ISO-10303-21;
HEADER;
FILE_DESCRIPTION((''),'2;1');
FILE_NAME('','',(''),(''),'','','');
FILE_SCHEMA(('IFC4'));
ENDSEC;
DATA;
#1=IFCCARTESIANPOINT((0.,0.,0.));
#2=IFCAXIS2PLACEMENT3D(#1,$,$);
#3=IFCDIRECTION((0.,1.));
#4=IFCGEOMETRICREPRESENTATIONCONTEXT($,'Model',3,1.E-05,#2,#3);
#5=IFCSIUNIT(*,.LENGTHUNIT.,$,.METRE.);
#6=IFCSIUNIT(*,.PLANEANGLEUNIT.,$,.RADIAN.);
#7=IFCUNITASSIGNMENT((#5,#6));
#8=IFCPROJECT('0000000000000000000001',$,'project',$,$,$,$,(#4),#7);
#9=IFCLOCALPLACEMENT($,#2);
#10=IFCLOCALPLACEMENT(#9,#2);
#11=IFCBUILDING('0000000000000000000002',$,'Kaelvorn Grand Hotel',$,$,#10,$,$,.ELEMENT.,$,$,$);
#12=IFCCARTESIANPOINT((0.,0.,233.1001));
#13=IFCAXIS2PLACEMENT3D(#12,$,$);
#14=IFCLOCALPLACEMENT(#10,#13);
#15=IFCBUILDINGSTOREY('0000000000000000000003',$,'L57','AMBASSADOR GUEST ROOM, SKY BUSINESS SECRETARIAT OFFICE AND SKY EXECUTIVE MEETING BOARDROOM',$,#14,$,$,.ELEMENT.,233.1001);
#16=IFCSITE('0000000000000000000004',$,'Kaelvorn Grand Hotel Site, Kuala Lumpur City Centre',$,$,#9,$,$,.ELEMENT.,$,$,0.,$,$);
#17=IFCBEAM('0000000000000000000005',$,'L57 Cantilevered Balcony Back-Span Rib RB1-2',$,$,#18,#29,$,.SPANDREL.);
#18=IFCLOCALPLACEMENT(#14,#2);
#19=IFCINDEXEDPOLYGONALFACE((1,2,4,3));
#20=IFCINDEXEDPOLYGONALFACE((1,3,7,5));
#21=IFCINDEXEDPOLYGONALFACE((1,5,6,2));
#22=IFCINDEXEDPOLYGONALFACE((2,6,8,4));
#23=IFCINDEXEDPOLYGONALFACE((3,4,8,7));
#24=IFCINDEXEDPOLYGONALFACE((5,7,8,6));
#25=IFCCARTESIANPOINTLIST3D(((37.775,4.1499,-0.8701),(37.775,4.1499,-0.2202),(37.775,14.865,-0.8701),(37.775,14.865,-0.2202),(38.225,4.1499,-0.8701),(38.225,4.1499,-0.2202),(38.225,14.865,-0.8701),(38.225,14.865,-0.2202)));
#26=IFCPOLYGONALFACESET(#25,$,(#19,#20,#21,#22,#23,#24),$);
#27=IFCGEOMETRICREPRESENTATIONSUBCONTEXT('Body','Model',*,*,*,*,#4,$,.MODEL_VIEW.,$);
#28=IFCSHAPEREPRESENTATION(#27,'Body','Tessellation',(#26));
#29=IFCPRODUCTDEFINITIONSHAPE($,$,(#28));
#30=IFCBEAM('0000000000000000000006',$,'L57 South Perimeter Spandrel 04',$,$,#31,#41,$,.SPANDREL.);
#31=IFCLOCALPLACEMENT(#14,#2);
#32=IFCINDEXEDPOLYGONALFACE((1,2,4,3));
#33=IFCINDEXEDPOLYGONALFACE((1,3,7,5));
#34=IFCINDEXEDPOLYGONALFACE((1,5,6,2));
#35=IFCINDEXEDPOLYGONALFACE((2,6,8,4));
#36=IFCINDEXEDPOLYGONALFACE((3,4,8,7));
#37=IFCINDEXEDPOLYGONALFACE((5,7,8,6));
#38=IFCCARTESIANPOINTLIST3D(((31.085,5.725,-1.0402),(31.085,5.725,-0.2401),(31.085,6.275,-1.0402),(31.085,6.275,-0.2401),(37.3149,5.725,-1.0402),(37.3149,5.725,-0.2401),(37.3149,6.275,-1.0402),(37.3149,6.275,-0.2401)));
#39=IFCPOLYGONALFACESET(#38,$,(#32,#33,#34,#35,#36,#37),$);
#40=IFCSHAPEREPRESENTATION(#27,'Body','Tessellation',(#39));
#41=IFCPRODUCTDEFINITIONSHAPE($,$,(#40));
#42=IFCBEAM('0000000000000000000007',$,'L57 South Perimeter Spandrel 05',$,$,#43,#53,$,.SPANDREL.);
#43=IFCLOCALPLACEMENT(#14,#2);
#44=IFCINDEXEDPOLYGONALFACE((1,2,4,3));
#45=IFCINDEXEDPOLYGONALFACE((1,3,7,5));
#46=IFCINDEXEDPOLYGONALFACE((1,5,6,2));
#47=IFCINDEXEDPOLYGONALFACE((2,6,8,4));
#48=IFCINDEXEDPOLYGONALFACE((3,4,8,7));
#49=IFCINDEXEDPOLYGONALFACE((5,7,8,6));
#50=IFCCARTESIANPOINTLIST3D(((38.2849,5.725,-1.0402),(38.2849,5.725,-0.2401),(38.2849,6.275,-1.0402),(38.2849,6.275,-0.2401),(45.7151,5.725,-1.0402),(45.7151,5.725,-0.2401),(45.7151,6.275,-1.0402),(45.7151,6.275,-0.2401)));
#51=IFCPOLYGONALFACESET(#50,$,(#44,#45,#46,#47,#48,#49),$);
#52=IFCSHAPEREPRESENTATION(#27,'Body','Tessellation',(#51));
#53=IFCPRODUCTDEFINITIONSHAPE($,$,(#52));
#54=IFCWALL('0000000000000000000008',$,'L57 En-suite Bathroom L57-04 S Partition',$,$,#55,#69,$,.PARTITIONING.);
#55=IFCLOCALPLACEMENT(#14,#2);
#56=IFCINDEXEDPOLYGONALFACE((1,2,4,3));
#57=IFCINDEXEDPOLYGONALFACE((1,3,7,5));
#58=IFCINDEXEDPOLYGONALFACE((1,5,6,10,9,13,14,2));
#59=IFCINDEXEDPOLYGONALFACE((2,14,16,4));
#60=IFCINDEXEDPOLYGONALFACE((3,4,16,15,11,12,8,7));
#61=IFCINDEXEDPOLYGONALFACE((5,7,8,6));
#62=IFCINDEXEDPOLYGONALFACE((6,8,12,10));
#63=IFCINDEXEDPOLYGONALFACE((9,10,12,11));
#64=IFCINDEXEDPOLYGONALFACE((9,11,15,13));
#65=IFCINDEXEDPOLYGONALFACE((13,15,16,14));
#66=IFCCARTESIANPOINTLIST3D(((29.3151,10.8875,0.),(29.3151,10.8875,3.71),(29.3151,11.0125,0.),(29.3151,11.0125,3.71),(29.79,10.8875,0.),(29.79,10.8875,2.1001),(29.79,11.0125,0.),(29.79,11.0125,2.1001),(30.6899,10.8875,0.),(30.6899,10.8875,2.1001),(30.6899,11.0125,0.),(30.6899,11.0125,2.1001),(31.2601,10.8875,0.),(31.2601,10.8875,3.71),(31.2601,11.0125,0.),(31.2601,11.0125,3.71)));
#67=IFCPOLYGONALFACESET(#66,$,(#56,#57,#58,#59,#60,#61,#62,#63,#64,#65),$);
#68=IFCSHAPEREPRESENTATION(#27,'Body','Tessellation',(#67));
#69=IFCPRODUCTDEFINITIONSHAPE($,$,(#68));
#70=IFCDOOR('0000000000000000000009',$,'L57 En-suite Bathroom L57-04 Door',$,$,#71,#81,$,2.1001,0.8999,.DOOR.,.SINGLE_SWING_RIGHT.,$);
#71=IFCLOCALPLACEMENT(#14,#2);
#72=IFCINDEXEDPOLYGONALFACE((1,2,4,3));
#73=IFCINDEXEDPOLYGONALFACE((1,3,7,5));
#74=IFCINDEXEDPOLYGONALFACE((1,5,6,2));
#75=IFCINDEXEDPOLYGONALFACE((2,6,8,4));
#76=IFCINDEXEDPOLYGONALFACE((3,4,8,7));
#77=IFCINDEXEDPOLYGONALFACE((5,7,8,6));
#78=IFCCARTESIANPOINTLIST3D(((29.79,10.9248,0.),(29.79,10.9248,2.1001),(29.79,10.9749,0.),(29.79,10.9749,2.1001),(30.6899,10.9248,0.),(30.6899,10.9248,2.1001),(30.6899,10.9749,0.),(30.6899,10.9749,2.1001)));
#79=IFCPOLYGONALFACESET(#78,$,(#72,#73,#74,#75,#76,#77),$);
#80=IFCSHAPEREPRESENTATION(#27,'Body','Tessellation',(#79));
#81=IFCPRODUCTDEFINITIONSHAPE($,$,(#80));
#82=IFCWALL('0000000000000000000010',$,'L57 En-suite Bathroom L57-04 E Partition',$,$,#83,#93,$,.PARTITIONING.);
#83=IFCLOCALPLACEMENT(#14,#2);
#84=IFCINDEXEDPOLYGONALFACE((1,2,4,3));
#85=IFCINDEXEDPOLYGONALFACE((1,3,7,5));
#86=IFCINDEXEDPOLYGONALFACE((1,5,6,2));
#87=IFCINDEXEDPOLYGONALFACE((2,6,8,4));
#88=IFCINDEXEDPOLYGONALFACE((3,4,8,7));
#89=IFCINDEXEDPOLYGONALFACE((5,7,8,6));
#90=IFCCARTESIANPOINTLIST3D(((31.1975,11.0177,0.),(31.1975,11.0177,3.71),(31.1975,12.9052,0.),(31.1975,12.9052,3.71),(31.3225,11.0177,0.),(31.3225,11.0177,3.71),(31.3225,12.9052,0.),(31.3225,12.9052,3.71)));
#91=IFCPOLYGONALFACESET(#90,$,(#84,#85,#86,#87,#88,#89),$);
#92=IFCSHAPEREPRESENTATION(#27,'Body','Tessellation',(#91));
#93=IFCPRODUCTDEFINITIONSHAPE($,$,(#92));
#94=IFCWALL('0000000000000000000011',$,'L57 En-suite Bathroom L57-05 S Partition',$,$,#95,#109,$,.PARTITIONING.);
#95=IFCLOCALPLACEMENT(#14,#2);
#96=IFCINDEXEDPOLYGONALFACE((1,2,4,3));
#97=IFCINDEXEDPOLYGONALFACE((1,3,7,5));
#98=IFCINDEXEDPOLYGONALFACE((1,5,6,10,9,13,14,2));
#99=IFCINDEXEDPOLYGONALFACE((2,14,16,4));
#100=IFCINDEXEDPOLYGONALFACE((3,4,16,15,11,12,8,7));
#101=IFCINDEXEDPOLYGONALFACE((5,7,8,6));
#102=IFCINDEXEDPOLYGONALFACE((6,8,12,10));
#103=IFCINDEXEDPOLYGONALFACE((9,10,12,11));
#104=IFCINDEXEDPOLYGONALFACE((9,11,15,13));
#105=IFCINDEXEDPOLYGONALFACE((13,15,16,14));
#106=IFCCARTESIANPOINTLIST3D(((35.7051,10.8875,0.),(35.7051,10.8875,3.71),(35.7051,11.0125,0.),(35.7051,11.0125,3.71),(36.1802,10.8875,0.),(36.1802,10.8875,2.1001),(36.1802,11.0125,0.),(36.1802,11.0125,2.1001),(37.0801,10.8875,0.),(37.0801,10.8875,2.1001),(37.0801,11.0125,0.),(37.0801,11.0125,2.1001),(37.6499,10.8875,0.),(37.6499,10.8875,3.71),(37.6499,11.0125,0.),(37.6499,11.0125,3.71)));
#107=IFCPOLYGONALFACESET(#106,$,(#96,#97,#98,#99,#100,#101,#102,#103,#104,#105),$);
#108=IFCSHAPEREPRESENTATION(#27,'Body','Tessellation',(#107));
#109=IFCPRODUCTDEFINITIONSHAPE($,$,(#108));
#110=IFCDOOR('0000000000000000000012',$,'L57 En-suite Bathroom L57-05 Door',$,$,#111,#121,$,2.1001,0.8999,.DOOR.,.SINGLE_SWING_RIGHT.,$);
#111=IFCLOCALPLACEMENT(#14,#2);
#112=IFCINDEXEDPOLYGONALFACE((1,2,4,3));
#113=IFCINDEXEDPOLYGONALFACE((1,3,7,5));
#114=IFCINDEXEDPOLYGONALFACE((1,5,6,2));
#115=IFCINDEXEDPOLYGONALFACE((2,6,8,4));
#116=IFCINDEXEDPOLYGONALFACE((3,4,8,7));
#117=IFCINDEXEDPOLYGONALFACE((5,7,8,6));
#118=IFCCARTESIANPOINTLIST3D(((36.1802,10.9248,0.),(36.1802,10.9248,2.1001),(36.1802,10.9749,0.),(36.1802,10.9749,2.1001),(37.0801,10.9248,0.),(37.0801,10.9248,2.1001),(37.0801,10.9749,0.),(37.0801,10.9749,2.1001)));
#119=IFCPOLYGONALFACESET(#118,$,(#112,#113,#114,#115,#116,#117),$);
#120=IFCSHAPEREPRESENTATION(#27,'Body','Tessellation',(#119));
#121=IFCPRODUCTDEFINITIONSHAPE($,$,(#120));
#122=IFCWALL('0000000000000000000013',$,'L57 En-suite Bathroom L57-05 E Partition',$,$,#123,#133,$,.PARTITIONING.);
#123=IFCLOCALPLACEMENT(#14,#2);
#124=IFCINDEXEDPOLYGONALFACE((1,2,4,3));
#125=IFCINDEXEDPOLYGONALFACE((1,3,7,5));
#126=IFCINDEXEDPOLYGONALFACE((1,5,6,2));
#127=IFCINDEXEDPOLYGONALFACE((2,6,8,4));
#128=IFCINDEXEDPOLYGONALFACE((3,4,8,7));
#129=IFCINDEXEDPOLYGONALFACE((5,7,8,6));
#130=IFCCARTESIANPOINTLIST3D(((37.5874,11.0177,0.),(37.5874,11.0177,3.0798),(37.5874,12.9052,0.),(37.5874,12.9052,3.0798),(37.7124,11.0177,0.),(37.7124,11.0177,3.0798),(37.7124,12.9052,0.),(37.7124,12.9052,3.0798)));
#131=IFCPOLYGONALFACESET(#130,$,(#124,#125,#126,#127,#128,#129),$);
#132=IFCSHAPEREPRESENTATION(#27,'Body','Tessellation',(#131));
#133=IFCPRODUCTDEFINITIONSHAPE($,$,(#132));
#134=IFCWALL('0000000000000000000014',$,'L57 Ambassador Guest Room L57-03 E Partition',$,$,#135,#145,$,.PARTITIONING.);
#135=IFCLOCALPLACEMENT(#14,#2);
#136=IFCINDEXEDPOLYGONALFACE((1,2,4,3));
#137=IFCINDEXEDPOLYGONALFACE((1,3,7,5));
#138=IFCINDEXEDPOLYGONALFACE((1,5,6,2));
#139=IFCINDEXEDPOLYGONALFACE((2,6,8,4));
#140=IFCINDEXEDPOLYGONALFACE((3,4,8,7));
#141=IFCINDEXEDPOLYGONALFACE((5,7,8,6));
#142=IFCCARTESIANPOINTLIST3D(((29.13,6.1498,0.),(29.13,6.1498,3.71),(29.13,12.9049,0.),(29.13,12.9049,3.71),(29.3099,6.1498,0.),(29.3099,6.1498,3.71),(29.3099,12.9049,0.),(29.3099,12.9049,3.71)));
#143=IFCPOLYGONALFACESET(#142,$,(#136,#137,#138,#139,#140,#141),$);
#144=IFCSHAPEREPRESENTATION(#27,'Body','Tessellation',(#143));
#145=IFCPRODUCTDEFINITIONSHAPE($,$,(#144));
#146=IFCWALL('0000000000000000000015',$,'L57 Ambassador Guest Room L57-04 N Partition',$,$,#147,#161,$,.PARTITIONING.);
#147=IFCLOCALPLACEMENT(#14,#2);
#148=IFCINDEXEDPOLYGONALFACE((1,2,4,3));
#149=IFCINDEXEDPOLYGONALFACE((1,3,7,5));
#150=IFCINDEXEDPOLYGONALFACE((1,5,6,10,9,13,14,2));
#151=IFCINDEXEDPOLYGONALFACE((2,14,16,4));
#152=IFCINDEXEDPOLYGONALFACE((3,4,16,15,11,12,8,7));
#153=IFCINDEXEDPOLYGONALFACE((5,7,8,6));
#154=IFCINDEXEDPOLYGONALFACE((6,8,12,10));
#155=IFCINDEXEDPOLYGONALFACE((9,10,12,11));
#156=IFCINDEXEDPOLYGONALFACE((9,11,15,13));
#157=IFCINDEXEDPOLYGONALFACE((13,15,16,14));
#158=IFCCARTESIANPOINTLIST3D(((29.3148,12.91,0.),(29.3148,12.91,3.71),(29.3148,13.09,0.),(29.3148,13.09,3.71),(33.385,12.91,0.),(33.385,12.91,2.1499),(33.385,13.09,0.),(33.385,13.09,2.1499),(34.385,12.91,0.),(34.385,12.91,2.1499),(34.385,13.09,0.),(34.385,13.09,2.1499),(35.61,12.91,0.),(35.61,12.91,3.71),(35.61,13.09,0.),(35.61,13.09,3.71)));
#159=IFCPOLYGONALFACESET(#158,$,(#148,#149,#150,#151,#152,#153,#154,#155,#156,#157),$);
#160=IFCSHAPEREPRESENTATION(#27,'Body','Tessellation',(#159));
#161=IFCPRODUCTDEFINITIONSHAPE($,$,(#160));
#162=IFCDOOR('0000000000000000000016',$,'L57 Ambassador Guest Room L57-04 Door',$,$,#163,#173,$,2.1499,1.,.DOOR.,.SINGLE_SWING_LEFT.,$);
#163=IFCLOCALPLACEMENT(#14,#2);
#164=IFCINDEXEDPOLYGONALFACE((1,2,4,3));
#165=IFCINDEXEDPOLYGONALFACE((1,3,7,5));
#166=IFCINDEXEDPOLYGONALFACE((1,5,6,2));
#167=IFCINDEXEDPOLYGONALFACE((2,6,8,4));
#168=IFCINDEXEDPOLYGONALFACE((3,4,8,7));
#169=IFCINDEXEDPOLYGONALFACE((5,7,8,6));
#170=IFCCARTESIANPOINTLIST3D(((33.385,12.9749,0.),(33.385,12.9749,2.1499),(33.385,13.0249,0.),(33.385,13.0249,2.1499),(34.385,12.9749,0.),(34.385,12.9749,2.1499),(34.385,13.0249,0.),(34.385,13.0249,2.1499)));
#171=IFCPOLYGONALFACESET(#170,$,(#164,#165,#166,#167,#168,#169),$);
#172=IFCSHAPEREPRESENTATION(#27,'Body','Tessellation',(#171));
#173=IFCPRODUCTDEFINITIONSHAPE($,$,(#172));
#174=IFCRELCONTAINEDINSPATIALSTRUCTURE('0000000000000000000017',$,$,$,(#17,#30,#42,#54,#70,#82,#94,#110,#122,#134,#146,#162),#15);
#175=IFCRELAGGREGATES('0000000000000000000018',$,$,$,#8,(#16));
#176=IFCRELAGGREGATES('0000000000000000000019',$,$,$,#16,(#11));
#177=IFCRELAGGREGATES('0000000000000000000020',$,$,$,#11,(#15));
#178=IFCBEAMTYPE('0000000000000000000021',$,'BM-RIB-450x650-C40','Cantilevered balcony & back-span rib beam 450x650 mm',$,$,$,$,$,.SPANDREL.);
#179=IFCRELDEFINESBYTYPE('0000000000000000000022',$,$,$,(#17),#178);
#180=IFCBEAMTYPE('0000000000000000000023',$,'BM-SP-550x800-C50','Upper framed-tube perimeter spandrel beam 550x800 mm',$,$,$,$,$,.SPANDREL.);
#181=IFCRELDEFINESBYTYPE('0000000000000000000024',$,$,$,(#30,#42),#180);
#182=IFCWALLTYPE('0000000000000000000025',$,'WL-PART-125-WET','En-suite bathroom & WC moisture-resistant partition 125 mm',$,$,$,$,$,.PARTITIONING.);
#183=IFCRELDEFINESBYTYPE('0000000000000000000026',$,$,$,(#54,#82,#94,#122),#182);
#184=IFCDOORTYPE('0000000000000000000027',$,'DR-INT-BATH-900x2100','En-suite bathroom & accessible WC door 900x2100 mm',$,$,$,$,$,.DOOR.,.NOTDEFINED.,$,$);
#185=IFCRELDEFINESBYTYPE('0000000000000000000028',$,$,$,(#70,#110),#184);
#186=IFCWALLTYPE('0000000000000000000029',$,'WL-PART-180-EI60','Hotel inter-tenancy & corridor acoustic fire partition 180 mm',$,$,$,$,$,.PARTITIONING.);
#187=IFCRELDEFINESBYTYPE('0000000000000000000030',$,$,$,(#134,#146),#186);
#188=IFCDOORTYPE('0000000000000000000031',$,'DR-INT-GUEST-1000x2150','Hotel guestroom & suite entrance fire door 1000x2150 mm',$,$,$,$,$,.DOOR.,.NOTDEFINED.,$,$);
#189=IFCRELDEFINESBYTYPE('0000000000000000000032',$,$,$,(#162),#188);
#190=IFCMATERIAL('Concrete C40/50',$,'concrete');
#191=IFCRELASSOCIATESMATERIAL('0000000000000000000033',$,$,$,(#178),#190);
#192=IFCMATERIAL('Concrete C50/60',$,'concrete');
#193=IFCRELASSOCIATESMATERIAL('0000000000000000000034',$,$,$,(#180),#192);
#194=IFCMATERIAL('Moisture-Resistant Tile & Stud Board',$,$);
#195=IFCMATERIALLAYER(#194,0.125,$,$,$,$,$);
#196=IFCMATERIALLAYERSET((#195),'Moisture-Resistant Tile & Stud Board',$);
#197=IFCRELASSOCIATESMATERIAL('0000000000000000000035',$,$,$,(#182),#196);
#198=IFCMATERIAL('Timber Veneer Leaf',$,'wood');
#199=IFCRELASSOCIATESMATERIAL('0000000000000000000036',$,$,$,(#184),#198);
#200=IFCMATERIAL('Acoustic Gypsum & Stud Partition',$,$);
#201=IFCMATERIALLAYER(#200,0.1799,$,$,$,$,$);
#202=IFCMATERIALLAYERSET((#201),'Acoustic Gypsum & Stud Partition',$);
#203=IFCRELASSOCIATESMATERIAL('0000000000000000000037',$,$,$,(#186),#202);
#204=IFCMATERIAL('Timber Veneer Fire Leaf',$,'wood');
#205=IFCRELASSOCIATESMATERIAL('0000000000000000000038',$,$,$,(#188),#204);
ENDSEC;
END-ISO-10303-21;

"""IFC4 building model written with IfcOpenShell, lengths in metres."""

from ifc_helpers import new_model, si_unit, direction, frame, frame_2d, origin, origin_2d, place, context, subcontext, project, spatial, rectangle, extrude, material, layer, layer_set, material_profile, profile_set, type_object, element, fill, save


model = new_model("IFC4")

# Units and contexts
model_context = context("Model", 3, precision=1e-05, world=origin(), true_north=direction((0.0, 1.0)))
body_context = subcontext(model_context, "Body", "Model", "MODEL_VIEW")
ifc_project = project(units=[si_unit("LENGTHUNIT", "METRE"), si_unit("PLANEANGLEUNIT", "RADIAN")], contexts=[model_context])

# Site, building, storey
site_placement = place(None, origin())
site = spatial("IfcSite", under=ifc_project, at=site_placement, Name="Kaelvorn Grand Hotel Site, Kuala Lumpur City Centre", CompositionType="ELEMENT", RefElevation=0.0)
building_placement = place(site_placement, origin())
building = spatial("IfcBuilding", under=site, at=building_placement, Name="Kaelvorn Grand Hotel", CompositionType="ELEMENT")
storey_placement = place(building_placement, frame((0.0, 0.0, 233.1001)))
storey = spatial("IfcBuildingStorey", under=building, at=storey_placement, Name="L57", Description="AMBASSADOR GUEST ROOM, SKY BUSINESS SECRETARIAT OFFICE AND SKY EXECUTIVE MEETING BOARDROOM", CompositionType="ELEMENT", Elevation=233.1001)

# Shared definitions
ifc_material_1 = material(Name="Concrete C50/60", Category="concrete")

# Beams
ifc_material_2 = material(Name="Concrete C40/50", Category="concrete")
ifc_material_profile_1 = material_profile(ifc_material_2, rectangle(XDim=0.45, YDim=0.6499, at=origin_2d()), Name="RC RIB 450x650")
ifc_profile_set_1 = profile_set([ifc_material_profile_1], Name="Concrete C40/50")
beam_type_1 = type_object("IfcBeamType", Name="BM-RIB-450x650-C40", Description="Cantilevered balcony & back-span rib beam 450x650 mm", PredefinedType="SPANDREL", material=ifc_profile_set_1)
beam_1_placement = place(storey_placement, frame((38.0, 4.1499, -0.5452), z_axis=(0.0, 1.0, 0.0), x_axis=(-1.0, 0.0, 0.0)))
element("IfcBeam", 1, at=beam_1_placement, inside=storey, type_object=beam_type_1, Name="L57 Cantilevered Balcony Back-Span Rib RB1-2", PredefinedType="SPANDREL", context=body_context, shape_type="SweptSolid", body=[
    extrude(rectangle(XDim=0.45, YDim=0.6499, at=origin_2d()), origin(), (0.0, 0.0, 1.0), 10.7151),
])
ifc_material_profile_2 = material_profile(ifc_material_1, rectangle(XDim=0.55, YDim=0.8, at=origin_2d()), Name="RC SPANDREL 550x800")
ifc_profile_set_2 = profile_set([ifc_material_profile_2], Name="Concrete C50/60")
beam_type_2 = type_object("IfcBeamType", Name="BM-SP-550x800-C50", Description="Upper framed-tube perimeter spandrel beam 550x800 mm", PredefinedType="SPANDREL", material=ifc_profile_set_2)
beam_2_placement = place(storey_placement, frame((31.085, 6.0, -0.6401), z_axis=(1.0, 0.0, 0.0), x_axis=(0.0, 1.0, 0.0)))
element("IfcBeam", 2, at=beam_2_placement, inside=storey, type_object=beam_type_2, Name="L57 South Perimeter Spandrel 04", PredefinedType="SPANDREL", context=body_context, shape_type="SweptSolid", body=[
    extrude(rectangle(XDim=0.55, YDim=0.8, at=origin_2d()), origin(), (0.0, 0.0, 1.0), 6.23),
])
beam_3_placement = place(storey_placement, frame((38.2849, 6.0, -0.6401), z_axis=(1.0, 0.0, 0.0), x_axis=(0.0, 1.0, 0.0)))
element("IfcBeam", 3, at=beam_3_placement, inside=storey, type_object=beam_type_2, Name="L57 South Perimeter Spandrel 05", PredefinedType="SPANDREL", context=body_context, shape_type="SweptSolid", body=[
    extrude(rectangle(XDim=0.55, YDim=0.8, at=origin_2d()), origin(), (0.0, 0.0, 1.0), 7.4302),
])

# Wall, opening, door
ifc_material_3 = material(Name="Moisture-Resistant Tile & Stud Board")
ifc_layer_1 = layer(ifc_material_3, 0.125)
ifc_layer_set_1 = layer_set([ifc_layer_1], Name="Moisture-Resistant Tile & Stud Board")
wall_type_1 = type_object("IfcWallType", Name="WL-PART-125-WET", Description="En-suite bathroom & WC moisture-resistant partition 125 mm", PredefinedType="PARTITIONING", material=ifc_layer_set_1)
wall_1_placement = place(storey_placement, frame((29.3149, 10.95, 0.0), z_axis=(0.0, 0.0, 1.0), x_axis=(1.0, 0.0, 0.0)))
wall_1 = element("IfcWall", 4, at=wall_1_placement, inside=storey, type_object=wall_type_1, Name="L57 En-suite Bathroom L57-04 S Partition", PredefinedType="PARTITIONING", context=body_context, shape_type="SweptSolid", body=[
    extrude(rectangle(XDim=1.9451, YDim=0.125, at=frame_2d((0.9727, 0.0))), origin(), (0.0, 0.0, 1.0), 3.71),
])
opening_1_placement = place(wall_1_placement, frame((0.4751, 0.0, 0.0)))
opening_1 = element("IfcOpeningElement", 5, at=opening_1_placement, cuts=wall_1, PredefinedType="OPENING", context=body_context, shape_type="SweptSolid", body=[
    extrude(rectangle(XDim=0.8999, YDim=2.1001, at=frame_2d((0.45, 1.05))), frame((0.0, 0.0725, 0.0), z_axis=(0.0, -1.0, 0.0), x_axis=(1.0, 0.0, 0.0)), (0.0, 0.0, 1.0), 0.145),
])
ifc_material_4 = material(Name="Timber Veneer Leaf", Category="wood")
door_type_1 = type_object("IfcDoorType", Name="DR-INT-BATH-900x2100", Description="En-suite bathroom & accessible WC door 900x2100 mm", OperationType="NOTDEFINED", PredefinedType="DOOR", material=ifc_material_4)
door_1_placement = place(opening_1_placement, origin())
door_1 = element("IfcDoor", 6, at=door_1_placement, inside=storey, type_object=door_type_1, Name="L57 En-suite Bathroom L57-04 Door", OperationType="SINGLE_SWING_RIGHT", OverallHeight=2.1001, OverallWidth=0.8999, PredefinedType="DOOR", context=body_context, shape_type="SweptSolid", body=[
    extrude(rectangle(XDim=0.8999, YDim=2.1001, at=frame_2d((0.45, 1.05))), frame((0.0, 0.0249, 0.0), z_axis=(0.0, -1.0, 0.0), x_axis=(1.0, 0.0, 0.0)), (0.0, 0.0, 1.0), 0.05),
])
fill(opening_1, door_1)

# Wall
wall_2_placement = place(storey_placement, frame((31.26, 11.0176, 0.0), z_axis=(0.0, 0.0, 1.0), x_axis=(0.0, 1.0, 0.0)))
element("IfcWall", 7, at=wall_2_placement, inside=storey, type_object=wall_type_1, Name="L57 En-suite Bathroom L57-04 E Partition", PredefinedType="PARTITIONING", context=body_context, shape_type="SweptSolid", body=[
    extrude(rectangle(XDim=1.8875, YDim=0.125, at=frame_2d((0.9438, 0.0))), origin(), (0.0, 0.0, 1.0), 3.71),
])

# Wall, opening, door
wall_3_placement = place(storey_placement, frame((35.7051, 10.95, 0.0), z_axis=(0.0, 0.0, 1.0), x_axis=(1.0, 0.0, 0.0)))
wall_3 = element("IfcWall", 8, at=wall_3_placement, inside=storey, type_object=wall_type_1, Name="L57 En-suite Bathroom L57-05 S Partition", PredefinedType="PARTITIONING", context=body_context, shape_type="SweptSolid", body=[
    extrude(rectangle(XDim=1.9448, YDim=0.125, at=frame_2d((0.9724, 0.0))), origin(), (0.0, 0.0, 1.0), 3.71),
])
opening_2_placement = place(wall_3_placement, frame((0.4751, 0.0, 0.0)))
opening_2 = element("IfcOpeningElement", 9, at=opening_2_placement, cuts=wall_3, PredefinedType="OPENING", context=body_context, shape_type="SweptSolid", body=[
    extrude(rectangle(XDim=0.8999, YDim=2.1001, at=frame_2d((0.45, 1.05))), frame((0.0, 0.0725, 0.0), z_axis=(0.0, -1.0, 0.0), x_axis=(1.0, 0.0, 0.0)), (0.0, 0.0, 1.0), 0.145),
])
door_2_placement = place(opening_2_placement, origin())
door_2 = element("IfcDoor", 10, at=door_2_placement, inside=storey, type_object=door_type_1, Name="L57 En-suite Bathroom L57-05 Door", OperationType="SINGLE_SWING_RIGHT", OverallHeight=2.1001, OverallWidth=0.8999, PredefinedType="DOOR", context=body_context, shape_type="SweptSolid", body=[
    extrude(rectangle(XDim=0.8999, YDim=2.1001, at=frame_2d((0.45, 1.05))), frame((0.0, 0.0249, 0.0), z_axis=(0.0, -1.0, 0.0), x_axis=(1.0, 0.0, 0.0)), (0.0, 0.0, 1.0), 0.05),
])
fill(opening_2, door_2)

# Walls
wall_4_placement = place(storey_placement, frame((37.6499, 11.0176, 0.0), z_axis=(0.0, 0.0, 1.0), x_axis=(0.0, 1.0, 0.0)))
element("IfcWall", 11, at=wall_4_placement, inside=storey, type_object=wall_type_1, Name="L57 En-suite Bathroom L57-05 E Partition", PredefinedType="PARTITIONING", context=body_context, shape_type="SweptSolid", body=[
    extrude(rectangle(XDim=1.8875, YDim=0.125, at=frame_2d((0.9438, 0.0))), origin(), (0.0, 0.0, 1.0), 3.0798),
])
ifc_material_5 = material(Name="Acoustic Gypsum & Stud Partition")
ifc_layer_2 = layer(ifc_material_5, 0.1799)
ifc_layer_set_2 = layer_set([ifc_layer_2], Name="Acoustic Gypsum & Stud Partition")
wall_type_2 = type_object("IfcWallType", Name="WL-PART-180-EI60", Description="Hotel inter-tenancy & corridor acoustic fire partition 180 mm", PredefinedType="PARTITIONING", material=ifc_layer_set_2)
wall_5_placement = place(storey_placement, frame((29.22, 6.1499, 0.0), z_axis=(0.0, 0.0, 1.0), x_axis=(0.0, 1.0, 0.0)))
element("IfcWall", 12, at=wall_5_placement, inside=storey, type_object=wall_type_2, Name="L57 Ambassador Guest Room L57-03 E Partition", PredefinedType="PARTITIONING", context=body_context, shape_type="SweptSolid", body=[
    extrude(rectangle(XDim=6.7551, YDim=0.1799, at=frame_2d((3.3774, 0.0))), origin(), (0.0, 0.0, 1.0), 3.71),
])

# Wall, opening, door
wall_6_placement = place(storey_placement, frame((29.3149, 13.0, 0.0), z_axis=(0.0, 0.0, 1.0), x_axis=(1.0, 0.0, 0.0)))
wall_6 = element("IfcWall", 13, at=wall_6_placement, inside=storey, type_object=wall_type_2, Name="L57 Ambassador Guest Room L57-04 N Partition", PredefinedType="PARTITIONING", context=body_context, shape_type="SweptSolid", body=[
    extrude(rectangle(XDim=6.2952, YDim=0.1799, at=frame_2d((3.1475, 0.0))), origin(), (0.0, 0.0, 1.0), 3.71),
])
opening_3_placement = place(wall_6_placement, frame((4.0701, 0.0, 0.0)))
opening_3 = element("IfcOpeningElement", 14, at=opening_3_placement, cuts=wall_6, PredefinedType="OPENING", context=body_context, shape_type="SweptSolid", body=[
    extrude(rectangle(XDim=1.0, YDim=2.1499, at=frame_2d((0.5, 1.075))), frame((0.0, 0.1001, 0.0), z_axis=(0.0, -1.0, 0.0), x_axis=(1.0, 0.0, 0.0)), (0.0, 0.0, 1.0), 0.2),
])
ifc_material_6 = material(Name="Timber Veneer Fire Leaf", Category="wood")
door_type_2 = type_object("IfcDoorType", Name="DR-INT-GUEST-1000x2150", Description="Hotel guestroom & suite entrance fire door 1000x2150 mm", OperationType="NOTDEFINED", PredefinedType="DOOR", material=ifc_material_6)
door_3_placement = place(opening_3_placement, origin())
door_3 = element("IfcDoor", 15, at=door_3_placement, inside=storey, type_object=door_type_2, Name="L57 Ambassador Guest Room L57-04 Door", OperationType="SINGLE_SWING_LEFT", OverallHeight=2.1499, OverallWidth=1.0, PredefinedType="DOOR", context=body_context, shape_type="SweptSolid", body=[
    extrude(rectangle(XDim=1.0, YDim=2.1499, at=frame_2d((0.5, 1.075))), frame((0.0, 0.0249, 0.0), z_axis=(0.0, -1.0, 0.0), x_axis=(1.0, 0.0, 0.0)), (0.0, 0.0, 1.0), 0.05),
])
fill(opening_3, door_3)

save(model, "model.ifc")
